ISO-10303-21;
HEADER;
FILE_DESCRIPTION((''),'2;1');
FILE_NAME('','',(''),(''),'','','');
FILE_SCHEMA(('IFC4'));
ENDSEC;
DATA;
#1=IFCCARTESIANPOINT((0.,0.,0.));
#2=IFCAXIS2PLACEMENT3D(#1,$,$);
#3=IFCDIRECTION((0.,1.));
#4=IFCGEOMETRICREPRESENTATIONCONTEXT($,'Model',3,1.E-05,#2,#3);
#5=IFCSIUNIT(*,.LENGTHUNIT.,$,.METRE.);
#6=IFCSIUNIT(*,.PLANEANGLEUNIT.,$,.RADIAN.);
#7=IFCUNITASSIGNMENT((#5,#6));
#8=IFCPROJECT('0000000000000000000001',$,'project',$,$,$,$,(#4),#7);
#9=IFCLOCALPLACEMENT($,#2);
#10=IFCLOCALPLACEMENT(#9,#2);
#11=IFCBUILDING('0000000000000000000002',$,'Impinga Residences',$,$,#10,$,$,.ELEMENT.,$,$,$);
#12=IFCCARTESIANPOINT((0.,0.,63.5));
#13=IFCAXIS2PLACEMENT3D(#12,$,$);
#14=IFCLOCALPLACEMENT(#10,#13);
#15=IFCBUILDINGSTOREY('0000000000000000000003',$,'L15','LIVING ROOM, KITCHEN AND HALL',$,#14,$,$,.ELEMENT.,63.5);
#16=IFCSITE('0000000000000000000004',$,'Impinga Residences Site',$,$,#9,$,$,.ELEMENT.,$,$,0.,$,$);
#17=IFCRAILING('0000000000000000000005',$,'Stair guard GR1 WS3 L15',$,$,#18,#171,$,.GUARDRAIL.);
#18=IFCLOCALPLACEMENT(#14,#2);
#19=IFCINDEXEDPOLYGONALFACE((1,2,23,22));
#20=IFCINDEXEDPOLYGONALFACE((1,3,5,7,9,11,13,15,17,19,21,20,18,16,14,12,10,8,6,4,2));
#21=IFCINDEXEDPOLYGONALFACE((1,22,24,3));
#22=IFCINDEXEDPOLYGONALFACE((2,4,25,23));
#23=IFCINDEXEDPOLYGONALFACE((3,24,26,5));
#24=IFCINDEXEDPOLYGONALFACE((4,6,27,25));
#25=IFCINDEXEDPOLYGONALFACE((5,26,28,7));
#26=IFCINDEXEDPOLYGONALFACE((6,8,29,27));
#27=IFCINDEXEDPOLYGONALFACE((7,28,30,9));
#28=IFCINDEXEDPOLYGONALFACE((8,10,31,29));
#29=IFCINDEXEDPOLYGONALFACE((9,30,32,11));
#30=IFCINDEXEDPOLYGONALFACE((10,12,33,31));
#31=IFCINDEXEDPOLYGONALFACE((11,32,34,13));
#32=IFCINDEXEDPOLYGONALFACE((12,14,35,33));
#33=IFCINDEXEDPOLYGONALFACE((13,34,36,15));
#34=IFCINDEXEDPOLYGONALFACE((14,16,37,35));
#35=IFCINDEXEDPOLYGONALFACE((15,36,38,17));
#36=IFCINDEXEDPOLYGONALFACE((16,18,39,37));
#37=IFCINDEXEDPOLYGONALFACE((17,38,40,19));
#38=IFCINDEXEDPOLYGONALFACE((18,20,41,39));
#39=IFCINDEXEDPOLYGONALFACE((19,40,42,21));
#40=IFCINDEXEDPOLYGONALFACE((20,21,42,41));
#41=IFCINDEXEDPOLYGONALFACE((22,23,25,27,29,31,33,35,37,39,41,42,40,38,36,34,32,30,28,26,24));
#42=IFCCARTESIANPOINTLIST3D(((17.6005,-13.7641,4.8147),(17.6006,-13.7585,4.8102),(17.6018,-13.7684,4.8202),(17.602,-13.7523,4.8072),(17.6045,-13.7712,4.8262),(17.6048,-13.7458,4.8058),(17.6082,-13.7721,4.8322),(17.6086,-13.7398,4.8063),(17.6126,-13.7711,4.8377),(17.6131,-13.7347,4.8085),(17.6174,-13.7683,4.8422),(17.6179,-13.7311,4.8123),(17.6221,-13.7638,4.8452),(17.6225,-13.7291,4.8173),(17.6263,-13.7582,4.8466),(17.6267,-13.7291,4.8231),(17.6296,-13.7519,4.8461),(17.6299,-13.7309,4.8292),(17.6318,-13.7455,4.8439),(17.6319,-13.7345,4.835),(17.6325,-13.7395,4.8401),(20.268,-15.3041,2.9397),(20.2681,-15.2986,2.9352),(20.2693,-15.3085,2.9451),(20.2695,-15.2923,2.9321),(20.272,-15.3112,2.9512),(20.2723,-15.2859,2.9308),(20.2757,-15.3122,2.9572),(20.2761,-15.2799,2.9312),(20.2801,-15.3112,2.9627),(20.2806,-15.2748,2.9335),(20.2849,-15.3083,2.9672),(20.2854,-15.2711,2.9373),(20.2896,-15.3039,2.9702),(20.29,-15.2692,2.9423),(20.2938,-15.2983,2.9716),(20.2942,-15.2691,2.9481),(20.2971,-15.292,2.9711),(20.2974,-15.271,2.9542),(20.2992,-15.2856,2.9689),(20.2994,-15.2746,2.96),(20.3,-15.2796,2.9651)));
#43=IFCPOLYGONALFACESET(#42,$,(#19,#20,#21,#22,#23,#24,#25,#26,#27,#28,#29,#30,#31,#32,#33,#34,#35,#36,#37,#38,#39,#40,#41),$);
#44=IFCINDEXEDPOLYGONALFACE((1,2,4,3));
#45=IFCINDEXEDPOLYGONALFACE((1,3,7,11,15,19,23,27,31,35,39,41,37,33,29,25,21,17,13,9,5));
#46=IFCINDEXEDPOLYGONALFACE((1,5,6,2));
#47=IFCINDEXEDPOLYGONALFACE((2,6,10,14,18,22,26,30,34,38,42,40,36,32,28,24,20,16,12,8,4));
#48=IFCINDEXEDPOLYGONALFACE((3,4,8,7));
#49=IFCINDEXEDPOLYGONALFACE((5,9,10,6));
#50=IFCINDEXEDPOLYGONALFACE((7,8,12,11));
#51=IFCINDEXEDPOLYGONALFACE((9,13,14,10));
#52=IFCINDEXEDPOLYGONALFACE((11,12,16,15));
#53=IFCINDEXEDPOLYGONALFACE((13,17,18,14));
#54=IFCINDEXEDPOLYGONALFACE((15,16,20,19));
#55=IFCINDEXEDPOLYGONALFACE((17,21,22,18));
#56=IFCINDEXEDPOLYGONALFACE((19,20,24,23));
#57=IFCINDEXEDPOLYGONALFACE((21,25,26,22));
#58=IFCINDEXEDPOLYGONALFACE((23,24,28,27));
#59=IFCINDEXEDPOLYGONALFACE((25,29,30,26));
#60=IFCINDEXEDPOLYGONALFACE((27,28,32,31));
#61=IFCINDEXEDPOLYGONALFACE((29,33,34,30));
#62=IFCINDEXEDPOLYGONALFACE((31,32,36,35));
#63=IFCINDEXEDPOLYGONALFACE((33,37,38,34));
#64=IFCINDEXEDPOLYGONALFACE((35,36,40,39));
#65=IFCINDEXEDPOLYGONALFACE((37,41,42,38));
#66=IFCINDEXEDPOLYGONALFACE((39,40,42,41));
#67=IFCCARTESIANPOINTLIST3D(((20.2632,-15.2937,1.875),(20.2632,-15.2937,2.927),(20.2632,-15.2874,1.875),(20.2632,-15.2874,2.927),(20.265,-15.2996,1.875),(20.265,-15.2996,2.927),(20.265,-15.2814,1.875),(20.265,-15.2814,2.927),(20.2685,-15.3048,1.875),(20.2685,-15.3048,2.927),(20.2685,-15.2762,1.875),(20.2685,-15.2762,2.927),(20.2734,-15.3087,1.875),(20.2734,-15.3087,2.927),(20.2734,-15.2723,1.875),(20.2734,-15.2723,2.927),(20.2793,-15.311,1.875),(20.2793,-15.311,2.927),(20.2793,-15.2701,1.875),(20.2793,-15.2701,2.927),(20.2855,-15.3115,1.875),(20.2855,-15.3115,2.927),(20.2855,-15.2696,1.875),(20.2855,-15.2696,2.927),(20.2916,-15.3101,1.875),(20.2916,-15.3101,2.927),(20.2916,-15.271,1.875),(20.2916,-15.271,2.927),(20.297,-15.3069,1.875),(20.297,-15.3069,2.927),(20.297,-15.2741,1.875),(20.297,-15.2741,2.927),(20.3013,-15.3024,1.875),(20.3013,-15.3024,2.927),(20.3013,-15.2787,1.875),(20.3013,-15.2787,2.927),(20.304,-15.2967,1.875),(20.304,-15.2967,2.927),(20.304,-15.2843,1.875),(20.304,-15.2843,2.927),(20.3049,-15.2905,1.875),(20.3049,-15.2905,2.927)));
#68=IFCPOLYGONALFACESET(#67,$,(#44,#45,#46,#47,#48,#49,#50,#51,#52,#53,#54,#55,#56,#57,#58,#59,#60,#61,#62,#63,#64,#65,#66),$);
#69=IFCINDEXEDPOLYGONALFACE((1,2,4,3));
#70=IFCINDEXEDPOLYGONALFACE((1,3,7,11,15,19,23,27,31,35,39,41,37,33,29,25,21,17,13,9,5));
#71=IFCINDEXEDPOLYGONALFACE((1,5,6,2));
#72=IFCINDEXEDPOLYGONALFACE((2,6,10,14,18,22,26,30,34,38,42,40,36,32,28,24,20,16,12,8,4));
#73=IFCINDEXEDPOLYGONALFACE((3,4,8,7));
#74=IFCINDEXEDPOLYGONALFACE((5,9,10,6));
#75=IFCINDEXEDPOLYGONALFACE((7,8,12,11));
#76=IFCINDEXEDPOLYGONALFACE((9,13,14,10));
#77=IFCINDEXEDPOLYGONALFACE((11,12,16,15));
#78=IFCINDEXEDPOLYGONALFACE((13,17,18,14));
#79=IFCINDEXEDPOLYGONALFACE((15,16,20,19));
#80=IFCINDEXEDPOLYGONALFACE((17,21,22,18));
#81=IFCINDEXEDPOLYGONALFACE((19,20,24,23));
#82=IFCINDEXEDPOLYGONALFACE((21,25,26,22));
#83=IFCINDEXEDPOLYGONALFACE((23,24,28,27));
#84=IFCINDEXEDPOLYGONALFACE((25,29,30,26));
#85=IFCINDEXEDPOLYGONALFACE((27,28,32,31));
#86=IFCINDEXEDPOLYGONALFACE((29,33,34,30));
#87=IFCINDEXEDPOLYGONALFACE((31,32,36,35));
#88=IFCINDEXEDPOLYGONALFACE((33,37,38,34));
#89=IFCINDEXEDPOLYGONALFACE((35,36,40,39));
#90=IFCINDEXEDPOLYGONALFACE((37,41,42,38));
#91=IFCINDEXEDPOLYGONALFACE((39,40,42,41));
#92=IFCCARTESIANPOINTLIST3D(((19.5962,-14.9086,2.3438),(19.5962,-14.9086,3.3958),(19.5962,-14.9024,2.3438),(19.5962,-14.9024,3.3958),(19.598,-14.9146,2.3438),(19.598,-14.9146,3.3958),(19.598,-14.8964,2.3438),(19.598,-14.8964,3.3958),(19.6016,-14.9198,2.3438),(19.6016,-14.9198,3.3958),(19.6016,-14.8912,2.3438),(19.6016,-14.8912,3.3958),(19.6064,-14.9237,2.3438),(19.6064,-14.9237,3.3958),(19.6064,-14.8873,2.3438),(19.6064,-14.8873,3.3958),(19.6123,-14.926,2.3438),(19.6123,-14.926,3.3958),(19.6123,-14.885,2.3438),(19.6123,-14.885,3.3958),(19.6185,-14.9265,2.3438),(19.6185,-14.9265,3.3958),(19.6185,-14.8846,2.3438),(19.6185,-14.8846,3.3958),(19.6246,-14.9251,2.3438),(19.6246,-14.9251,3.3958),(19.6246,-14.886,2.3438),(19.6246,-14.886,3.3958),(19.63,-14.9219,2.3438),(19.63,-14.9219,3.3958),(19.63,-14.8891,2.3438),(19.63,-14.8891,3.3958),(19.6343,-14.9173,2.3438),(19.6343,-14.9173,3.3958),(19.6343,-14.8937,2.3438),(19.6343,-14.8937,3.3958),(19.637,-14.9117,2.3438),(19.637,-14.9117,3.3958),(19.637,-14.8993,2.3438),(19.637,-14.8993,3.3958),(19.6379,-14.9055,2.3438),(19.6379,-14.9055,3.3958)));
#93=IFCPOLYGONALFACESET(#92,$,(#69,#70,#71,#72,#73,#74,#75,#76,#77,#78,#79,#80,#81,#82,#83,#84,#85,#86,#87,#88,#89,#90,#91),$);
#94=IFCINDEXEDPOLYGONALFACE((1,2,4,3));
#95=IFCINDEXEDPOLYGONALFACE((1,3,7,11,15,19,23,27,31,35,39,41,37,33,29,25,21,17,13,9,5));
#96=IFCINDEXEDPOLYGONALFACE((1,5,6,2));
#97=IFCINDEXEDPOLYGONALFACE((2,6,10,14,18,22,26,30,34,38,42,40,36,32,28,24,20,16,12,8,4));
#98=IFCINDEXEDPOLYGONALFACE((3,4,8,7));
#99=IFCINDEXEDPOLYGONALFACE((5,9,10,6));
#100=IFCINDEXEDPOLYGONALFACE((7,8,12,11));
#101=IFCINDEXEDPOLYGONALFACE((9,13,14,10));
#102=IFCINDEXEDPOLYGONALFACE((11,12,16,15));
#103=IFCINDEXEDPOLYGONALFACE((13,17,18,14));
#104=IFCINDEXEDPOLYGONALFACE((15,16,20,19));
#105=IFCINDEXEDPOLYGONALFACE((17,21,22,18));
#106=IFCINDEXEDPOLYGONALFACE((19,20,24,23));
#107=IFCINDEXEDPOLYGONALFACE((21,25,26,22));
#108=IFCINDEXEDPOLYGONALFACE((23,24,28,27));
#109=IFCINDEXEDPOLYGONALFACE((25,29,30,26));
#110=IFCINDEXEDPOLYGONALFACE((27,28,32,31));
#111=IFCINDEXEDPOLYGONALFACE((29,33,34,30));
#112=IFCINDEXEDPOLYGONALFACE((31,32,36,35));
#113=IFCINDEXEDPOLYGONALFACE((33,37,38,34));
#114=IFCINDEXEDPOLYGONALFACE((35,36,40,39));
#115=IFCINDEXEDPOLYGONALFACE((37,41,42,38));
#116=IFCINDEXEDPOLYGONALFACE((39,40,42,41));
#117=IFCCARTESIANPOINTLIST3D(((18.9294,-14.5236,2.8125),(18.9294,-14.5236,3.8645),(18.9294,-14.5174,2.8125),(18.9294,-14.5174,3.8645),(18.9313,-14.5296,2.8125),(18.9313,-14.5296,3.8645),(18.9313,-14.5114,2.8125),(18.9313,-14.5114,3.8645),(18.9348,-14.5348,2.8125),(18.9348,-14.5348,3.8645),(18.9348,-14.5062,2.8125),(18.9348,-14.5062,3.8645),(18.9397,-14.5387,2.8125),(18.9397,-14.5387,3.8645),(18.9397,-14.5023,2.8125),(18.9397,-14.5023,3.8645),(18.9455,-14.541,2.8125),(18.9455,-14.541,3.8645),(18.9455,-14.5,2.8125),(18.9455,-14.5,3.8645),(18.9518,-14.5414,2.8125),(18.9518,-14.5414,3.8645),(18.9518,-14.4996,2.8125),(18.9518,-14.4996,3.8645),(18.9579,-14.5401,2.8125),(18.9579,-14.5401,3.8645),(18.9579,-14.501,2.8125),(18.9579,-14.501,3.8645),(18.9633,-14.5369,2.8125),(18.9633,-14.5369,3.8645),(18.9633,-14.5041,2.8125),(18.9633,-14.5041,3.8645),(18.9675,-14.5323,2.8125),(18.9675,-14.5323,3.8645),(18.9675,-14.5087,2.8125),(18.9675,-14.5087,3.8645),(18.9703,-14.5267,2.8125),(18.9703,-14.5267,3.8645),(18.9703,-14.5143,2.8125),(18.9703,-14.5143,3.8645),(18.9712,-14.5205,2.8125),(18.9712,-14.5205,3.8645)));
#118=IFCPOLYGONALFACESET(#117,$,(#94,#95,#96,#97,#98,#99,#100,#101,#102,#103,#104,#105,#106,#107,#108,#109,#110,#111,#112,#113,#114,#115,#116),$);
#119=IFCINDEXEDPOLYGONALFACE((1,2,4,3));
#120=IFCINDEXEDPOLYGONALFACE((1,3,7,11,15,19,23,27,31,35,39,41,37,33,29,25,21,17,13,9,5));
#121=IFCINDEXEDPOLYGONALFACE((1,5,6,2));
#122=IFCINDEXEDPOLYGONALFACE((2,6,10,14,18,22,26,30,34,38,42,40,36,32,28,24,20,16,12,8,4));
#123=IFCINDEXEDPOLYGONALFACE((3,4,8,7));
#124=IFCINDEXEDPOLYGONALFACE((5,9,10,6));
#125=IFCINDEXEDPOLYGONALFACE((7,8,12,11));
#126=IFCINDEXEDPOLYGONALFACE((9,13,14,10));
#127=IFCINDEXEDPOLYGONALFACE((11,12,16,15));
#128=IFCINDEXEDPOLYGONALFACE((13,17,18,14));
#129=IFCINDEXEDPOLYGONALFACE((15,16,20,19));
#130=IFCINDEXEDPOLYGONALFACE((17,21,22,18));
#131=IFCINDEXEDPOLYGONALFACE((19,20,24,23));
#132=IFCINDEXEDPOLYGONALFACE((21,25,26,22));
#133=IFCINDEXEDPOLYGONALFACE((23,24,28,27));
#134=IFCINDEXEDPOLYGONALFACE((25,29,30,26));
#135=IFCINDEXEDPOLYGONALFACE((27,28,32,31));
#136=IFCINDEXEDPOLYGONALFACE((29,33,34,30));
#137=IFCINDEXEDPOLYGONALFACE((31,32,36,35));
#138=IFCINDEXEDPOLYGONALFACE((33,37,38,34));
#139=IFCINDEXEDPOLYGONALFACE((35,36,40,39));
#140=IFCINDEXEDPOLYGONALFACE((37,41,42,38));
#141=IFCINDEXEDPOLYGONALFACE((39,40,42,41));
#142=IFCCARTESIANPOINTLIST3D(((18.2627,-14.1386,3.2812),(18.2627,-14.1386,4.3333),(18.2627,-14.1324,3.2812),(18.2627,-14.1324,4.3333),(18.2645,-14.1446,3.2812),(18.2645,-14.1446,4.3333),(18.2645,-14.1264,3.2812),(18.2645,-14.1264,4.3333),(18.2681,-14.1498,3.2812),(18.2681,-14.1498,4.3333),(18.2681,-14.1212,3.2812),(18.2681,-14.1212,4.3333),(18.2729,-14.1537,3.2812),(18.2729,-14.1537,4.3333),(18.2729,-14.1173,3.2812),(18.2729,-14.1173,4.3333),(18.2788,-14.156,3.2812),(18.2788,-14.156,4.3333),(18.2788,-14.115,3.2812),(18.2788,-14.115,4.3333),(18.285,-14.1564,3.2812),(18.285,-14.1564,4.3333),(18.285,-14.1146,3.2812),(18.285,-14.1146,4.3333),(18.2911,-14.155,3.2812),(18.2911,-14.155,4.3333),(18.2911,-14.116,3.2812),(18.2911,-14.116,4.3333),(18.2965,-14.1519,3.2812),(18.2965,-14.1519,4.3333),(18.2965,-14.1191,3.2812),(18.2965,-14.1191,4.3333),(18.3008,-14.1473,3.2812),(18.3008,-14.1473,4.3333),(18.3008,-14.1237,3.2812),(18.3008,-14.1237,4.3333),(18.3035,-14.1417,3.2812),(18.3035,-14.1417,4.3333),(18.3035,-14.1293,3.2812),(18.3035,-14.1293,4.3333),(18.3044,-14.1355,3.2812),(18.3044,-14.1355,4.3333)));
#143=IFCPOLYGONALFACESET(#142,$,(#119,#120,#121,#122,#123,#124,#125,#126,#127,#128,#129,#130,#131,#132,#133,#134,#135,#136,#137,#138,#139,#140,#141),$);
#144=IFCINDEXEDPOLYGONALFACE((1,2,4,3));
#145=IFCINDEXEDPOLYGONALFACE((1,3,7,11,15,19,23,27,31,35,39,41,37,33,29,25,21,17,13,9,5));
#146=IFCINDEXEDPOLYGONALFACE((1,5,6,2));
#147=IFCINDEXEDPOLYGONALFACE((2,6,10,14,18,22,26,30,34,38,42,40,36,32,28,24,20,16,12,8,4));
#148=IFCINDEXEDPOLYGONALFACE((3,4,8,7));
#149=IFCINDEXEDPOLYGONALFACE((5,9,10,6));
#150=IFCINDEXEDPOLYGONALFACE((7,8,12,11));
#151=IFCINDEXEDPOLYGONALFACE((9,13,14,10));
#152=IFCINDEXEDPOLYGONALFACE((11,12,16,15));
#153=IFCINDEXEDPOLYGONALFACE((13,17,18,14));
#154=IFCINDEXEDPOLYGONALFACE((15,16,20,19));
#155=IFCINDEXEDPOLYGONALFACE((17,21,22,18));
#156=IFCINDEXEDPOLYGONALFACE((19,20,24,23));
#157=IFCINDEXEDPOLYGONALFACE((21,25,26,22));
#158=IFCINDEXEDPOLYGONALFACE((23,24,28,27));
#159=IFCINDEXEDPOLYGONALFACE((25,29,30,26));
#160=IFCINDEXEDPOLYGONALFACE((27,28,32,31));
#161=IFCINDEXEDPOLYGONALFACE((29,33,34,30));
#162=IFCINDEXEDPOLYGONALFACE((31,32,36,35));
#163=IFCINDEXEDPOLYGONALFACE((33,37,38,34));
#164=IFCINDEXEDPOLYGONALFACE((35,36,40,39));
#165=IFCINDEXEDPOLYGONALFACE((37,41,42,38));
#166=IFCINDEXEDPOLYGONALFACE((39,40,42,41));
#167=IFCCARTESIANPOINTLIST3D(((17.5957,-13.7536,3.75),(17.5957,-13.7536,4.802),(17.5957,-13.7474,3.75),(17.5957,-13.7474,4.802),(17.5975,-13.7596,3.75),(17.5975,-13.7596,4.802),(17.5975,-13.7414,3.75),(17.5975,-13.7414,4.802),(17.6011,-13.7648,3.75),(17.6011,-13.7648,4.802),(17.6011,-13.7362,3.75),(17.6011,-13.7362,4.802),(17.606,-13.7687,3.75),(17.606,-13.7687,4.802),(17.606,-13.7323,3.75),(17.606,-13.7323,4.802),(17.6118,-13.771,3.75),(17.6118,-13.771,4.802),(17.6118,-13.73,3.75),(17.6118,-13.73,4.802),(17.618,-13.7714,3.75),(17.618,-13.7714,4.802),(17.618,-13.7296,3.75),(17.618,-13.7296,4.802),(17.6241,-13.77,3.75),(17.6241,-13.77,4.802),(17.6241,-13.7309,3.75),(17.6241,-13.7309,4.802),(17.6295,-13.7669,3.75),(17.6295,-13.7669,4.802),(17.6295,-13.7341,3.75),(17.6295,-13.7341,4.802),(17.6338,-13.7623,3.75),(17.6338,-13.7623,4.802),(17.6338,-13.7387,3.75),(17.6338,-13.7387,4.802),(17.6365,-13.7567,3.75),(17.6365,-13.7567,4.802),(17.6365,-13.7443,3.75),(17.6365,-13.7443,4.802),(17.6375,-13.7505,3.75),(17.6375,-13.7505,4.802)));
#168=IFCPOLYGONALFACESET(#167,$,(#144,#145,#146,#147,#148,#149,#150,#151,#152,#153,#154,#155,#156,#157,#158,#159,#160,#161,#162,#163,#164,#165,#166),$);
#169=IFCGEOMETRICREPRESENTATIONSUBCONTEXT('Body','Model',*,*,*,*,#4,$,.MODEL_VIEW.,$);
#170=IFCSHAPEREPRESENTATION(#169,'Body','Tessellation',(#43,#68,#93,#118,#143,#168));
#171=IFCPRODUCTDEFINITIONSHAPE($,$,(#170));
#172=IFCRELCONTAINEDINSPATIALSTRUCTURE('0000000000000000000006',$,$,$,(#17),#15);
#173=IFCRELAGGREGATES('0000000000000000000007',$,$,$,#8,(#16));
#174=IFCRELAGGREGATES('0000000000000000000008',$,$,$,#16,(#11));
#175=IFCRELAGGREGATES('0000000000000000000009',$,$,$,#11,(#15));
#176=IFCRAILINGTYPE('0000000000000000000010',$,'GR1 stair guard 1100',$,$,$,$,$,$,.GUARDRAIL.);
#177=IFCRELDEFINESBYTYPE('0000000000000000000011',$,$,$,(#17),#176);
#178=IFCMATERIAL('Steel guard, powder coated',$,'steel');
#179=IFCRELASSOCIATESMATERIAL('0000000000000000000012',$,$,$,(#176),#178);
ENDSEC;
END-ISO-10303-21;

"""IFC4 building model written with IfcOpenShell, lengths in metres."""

from ifc_helpers import new_model, si_unit, direction, frame, origin, origin_2d, place, context, subcontext, project, spatial, circle, extrude, material, type_object, element, save


model = new_model("IFC4")

# Units and contexts
model_context = context("Model", 3, precision=1e-05, world=origin(), true_north=direction((0.0, 1.0)))
body_context = subcontext(model_context, "Body", "Model", "MODEL_VIEW")
ifc_project = project(units=[si_unit("LENGTHUNIT", "METRE"), si_unit("PLANEANGLEUNIT", "RADIAN")], contexts=[model_context])

# Site, building, storey
site_placement = place(None, origin())
site = spatial("IfcSite", under=ifc_project, at=site_placement, Name="Impinga Residences Site", CompositionType="ELEMENT", RefElevation=0.0)
building_placement = place(site_placement, origin())
building = spatial("IfcBuilding", under=site, at=building_placement, Name="Impinga Residences", CompositionType="ELEMENT")
storey_placement = place(building_placement, frame((0.0, 0.0, 63.5)))
storey = spatial("IfcBuildingStorey", under=building, at=storey_placement, Name="L15", Description="LIVING ROOM, KITCHEN AND HALL", CompositionType="ELEMENT", Elevation=63.5)

# Railing
ifc_material_1 = material(Name="Steel guard, powder coated", Category="steel")
railing_type_1 = type_object("IfcRailingType", Name="GR1 stair guard 1100", PredefinedType="GUARDRAIL", material=ifc_material_1)
railing_1_placement = place(storey_placement, frame((20.2839, -15.2905, 1.875)))
element("IfcRailing", 1, at=railing_1_placement, inside=storey, type_object=railing_type_1, Name="Stair guard GR1 WS3 L15", PredefinedType="GUARDRAIL", context=body_context, shape_type="SweptSolid", body=[
    extrude(circle(Radius=0.0239, at=origin_2d()), frame((0.0, 0.0, 1.0762), z_axis=(-0.739746, 0.427084, 0.519975), x_axis=(-0.499992, -0.86603, 0.0)), (0.0, 0.0, 1.0), 3.606),
    extrude(circle(Radius=0.021, at=origin_2d()), origin(), (0.0, 0.0, 1.0), 1.052),
    extrude(circle(Radius=0.021, at=origin_2d()), frame((-0.667, 0.385, 0.4688)), (0.0, 0.0, 1.0), 1.052),
    extrude(circle(Radius=0.021, at=origin_2d()), frame((-1.3337, 0.77, 0.9375)), (0.0, 0.0, 1.0), 1.052),
    extrude(circle(Radius=0.021, at=origin_2d()), frame((-2.0005, 1.155, 1.4062)), (0.0, 0.0, 1.0), 1.052),
    extrude(circle(Radius=0.021, at=origin_2d()), frame((-2.6675, 1.54, 1.875)), (0.0, 0.0, 1.0), 1.052),
])

save(model, "model.ifc")
